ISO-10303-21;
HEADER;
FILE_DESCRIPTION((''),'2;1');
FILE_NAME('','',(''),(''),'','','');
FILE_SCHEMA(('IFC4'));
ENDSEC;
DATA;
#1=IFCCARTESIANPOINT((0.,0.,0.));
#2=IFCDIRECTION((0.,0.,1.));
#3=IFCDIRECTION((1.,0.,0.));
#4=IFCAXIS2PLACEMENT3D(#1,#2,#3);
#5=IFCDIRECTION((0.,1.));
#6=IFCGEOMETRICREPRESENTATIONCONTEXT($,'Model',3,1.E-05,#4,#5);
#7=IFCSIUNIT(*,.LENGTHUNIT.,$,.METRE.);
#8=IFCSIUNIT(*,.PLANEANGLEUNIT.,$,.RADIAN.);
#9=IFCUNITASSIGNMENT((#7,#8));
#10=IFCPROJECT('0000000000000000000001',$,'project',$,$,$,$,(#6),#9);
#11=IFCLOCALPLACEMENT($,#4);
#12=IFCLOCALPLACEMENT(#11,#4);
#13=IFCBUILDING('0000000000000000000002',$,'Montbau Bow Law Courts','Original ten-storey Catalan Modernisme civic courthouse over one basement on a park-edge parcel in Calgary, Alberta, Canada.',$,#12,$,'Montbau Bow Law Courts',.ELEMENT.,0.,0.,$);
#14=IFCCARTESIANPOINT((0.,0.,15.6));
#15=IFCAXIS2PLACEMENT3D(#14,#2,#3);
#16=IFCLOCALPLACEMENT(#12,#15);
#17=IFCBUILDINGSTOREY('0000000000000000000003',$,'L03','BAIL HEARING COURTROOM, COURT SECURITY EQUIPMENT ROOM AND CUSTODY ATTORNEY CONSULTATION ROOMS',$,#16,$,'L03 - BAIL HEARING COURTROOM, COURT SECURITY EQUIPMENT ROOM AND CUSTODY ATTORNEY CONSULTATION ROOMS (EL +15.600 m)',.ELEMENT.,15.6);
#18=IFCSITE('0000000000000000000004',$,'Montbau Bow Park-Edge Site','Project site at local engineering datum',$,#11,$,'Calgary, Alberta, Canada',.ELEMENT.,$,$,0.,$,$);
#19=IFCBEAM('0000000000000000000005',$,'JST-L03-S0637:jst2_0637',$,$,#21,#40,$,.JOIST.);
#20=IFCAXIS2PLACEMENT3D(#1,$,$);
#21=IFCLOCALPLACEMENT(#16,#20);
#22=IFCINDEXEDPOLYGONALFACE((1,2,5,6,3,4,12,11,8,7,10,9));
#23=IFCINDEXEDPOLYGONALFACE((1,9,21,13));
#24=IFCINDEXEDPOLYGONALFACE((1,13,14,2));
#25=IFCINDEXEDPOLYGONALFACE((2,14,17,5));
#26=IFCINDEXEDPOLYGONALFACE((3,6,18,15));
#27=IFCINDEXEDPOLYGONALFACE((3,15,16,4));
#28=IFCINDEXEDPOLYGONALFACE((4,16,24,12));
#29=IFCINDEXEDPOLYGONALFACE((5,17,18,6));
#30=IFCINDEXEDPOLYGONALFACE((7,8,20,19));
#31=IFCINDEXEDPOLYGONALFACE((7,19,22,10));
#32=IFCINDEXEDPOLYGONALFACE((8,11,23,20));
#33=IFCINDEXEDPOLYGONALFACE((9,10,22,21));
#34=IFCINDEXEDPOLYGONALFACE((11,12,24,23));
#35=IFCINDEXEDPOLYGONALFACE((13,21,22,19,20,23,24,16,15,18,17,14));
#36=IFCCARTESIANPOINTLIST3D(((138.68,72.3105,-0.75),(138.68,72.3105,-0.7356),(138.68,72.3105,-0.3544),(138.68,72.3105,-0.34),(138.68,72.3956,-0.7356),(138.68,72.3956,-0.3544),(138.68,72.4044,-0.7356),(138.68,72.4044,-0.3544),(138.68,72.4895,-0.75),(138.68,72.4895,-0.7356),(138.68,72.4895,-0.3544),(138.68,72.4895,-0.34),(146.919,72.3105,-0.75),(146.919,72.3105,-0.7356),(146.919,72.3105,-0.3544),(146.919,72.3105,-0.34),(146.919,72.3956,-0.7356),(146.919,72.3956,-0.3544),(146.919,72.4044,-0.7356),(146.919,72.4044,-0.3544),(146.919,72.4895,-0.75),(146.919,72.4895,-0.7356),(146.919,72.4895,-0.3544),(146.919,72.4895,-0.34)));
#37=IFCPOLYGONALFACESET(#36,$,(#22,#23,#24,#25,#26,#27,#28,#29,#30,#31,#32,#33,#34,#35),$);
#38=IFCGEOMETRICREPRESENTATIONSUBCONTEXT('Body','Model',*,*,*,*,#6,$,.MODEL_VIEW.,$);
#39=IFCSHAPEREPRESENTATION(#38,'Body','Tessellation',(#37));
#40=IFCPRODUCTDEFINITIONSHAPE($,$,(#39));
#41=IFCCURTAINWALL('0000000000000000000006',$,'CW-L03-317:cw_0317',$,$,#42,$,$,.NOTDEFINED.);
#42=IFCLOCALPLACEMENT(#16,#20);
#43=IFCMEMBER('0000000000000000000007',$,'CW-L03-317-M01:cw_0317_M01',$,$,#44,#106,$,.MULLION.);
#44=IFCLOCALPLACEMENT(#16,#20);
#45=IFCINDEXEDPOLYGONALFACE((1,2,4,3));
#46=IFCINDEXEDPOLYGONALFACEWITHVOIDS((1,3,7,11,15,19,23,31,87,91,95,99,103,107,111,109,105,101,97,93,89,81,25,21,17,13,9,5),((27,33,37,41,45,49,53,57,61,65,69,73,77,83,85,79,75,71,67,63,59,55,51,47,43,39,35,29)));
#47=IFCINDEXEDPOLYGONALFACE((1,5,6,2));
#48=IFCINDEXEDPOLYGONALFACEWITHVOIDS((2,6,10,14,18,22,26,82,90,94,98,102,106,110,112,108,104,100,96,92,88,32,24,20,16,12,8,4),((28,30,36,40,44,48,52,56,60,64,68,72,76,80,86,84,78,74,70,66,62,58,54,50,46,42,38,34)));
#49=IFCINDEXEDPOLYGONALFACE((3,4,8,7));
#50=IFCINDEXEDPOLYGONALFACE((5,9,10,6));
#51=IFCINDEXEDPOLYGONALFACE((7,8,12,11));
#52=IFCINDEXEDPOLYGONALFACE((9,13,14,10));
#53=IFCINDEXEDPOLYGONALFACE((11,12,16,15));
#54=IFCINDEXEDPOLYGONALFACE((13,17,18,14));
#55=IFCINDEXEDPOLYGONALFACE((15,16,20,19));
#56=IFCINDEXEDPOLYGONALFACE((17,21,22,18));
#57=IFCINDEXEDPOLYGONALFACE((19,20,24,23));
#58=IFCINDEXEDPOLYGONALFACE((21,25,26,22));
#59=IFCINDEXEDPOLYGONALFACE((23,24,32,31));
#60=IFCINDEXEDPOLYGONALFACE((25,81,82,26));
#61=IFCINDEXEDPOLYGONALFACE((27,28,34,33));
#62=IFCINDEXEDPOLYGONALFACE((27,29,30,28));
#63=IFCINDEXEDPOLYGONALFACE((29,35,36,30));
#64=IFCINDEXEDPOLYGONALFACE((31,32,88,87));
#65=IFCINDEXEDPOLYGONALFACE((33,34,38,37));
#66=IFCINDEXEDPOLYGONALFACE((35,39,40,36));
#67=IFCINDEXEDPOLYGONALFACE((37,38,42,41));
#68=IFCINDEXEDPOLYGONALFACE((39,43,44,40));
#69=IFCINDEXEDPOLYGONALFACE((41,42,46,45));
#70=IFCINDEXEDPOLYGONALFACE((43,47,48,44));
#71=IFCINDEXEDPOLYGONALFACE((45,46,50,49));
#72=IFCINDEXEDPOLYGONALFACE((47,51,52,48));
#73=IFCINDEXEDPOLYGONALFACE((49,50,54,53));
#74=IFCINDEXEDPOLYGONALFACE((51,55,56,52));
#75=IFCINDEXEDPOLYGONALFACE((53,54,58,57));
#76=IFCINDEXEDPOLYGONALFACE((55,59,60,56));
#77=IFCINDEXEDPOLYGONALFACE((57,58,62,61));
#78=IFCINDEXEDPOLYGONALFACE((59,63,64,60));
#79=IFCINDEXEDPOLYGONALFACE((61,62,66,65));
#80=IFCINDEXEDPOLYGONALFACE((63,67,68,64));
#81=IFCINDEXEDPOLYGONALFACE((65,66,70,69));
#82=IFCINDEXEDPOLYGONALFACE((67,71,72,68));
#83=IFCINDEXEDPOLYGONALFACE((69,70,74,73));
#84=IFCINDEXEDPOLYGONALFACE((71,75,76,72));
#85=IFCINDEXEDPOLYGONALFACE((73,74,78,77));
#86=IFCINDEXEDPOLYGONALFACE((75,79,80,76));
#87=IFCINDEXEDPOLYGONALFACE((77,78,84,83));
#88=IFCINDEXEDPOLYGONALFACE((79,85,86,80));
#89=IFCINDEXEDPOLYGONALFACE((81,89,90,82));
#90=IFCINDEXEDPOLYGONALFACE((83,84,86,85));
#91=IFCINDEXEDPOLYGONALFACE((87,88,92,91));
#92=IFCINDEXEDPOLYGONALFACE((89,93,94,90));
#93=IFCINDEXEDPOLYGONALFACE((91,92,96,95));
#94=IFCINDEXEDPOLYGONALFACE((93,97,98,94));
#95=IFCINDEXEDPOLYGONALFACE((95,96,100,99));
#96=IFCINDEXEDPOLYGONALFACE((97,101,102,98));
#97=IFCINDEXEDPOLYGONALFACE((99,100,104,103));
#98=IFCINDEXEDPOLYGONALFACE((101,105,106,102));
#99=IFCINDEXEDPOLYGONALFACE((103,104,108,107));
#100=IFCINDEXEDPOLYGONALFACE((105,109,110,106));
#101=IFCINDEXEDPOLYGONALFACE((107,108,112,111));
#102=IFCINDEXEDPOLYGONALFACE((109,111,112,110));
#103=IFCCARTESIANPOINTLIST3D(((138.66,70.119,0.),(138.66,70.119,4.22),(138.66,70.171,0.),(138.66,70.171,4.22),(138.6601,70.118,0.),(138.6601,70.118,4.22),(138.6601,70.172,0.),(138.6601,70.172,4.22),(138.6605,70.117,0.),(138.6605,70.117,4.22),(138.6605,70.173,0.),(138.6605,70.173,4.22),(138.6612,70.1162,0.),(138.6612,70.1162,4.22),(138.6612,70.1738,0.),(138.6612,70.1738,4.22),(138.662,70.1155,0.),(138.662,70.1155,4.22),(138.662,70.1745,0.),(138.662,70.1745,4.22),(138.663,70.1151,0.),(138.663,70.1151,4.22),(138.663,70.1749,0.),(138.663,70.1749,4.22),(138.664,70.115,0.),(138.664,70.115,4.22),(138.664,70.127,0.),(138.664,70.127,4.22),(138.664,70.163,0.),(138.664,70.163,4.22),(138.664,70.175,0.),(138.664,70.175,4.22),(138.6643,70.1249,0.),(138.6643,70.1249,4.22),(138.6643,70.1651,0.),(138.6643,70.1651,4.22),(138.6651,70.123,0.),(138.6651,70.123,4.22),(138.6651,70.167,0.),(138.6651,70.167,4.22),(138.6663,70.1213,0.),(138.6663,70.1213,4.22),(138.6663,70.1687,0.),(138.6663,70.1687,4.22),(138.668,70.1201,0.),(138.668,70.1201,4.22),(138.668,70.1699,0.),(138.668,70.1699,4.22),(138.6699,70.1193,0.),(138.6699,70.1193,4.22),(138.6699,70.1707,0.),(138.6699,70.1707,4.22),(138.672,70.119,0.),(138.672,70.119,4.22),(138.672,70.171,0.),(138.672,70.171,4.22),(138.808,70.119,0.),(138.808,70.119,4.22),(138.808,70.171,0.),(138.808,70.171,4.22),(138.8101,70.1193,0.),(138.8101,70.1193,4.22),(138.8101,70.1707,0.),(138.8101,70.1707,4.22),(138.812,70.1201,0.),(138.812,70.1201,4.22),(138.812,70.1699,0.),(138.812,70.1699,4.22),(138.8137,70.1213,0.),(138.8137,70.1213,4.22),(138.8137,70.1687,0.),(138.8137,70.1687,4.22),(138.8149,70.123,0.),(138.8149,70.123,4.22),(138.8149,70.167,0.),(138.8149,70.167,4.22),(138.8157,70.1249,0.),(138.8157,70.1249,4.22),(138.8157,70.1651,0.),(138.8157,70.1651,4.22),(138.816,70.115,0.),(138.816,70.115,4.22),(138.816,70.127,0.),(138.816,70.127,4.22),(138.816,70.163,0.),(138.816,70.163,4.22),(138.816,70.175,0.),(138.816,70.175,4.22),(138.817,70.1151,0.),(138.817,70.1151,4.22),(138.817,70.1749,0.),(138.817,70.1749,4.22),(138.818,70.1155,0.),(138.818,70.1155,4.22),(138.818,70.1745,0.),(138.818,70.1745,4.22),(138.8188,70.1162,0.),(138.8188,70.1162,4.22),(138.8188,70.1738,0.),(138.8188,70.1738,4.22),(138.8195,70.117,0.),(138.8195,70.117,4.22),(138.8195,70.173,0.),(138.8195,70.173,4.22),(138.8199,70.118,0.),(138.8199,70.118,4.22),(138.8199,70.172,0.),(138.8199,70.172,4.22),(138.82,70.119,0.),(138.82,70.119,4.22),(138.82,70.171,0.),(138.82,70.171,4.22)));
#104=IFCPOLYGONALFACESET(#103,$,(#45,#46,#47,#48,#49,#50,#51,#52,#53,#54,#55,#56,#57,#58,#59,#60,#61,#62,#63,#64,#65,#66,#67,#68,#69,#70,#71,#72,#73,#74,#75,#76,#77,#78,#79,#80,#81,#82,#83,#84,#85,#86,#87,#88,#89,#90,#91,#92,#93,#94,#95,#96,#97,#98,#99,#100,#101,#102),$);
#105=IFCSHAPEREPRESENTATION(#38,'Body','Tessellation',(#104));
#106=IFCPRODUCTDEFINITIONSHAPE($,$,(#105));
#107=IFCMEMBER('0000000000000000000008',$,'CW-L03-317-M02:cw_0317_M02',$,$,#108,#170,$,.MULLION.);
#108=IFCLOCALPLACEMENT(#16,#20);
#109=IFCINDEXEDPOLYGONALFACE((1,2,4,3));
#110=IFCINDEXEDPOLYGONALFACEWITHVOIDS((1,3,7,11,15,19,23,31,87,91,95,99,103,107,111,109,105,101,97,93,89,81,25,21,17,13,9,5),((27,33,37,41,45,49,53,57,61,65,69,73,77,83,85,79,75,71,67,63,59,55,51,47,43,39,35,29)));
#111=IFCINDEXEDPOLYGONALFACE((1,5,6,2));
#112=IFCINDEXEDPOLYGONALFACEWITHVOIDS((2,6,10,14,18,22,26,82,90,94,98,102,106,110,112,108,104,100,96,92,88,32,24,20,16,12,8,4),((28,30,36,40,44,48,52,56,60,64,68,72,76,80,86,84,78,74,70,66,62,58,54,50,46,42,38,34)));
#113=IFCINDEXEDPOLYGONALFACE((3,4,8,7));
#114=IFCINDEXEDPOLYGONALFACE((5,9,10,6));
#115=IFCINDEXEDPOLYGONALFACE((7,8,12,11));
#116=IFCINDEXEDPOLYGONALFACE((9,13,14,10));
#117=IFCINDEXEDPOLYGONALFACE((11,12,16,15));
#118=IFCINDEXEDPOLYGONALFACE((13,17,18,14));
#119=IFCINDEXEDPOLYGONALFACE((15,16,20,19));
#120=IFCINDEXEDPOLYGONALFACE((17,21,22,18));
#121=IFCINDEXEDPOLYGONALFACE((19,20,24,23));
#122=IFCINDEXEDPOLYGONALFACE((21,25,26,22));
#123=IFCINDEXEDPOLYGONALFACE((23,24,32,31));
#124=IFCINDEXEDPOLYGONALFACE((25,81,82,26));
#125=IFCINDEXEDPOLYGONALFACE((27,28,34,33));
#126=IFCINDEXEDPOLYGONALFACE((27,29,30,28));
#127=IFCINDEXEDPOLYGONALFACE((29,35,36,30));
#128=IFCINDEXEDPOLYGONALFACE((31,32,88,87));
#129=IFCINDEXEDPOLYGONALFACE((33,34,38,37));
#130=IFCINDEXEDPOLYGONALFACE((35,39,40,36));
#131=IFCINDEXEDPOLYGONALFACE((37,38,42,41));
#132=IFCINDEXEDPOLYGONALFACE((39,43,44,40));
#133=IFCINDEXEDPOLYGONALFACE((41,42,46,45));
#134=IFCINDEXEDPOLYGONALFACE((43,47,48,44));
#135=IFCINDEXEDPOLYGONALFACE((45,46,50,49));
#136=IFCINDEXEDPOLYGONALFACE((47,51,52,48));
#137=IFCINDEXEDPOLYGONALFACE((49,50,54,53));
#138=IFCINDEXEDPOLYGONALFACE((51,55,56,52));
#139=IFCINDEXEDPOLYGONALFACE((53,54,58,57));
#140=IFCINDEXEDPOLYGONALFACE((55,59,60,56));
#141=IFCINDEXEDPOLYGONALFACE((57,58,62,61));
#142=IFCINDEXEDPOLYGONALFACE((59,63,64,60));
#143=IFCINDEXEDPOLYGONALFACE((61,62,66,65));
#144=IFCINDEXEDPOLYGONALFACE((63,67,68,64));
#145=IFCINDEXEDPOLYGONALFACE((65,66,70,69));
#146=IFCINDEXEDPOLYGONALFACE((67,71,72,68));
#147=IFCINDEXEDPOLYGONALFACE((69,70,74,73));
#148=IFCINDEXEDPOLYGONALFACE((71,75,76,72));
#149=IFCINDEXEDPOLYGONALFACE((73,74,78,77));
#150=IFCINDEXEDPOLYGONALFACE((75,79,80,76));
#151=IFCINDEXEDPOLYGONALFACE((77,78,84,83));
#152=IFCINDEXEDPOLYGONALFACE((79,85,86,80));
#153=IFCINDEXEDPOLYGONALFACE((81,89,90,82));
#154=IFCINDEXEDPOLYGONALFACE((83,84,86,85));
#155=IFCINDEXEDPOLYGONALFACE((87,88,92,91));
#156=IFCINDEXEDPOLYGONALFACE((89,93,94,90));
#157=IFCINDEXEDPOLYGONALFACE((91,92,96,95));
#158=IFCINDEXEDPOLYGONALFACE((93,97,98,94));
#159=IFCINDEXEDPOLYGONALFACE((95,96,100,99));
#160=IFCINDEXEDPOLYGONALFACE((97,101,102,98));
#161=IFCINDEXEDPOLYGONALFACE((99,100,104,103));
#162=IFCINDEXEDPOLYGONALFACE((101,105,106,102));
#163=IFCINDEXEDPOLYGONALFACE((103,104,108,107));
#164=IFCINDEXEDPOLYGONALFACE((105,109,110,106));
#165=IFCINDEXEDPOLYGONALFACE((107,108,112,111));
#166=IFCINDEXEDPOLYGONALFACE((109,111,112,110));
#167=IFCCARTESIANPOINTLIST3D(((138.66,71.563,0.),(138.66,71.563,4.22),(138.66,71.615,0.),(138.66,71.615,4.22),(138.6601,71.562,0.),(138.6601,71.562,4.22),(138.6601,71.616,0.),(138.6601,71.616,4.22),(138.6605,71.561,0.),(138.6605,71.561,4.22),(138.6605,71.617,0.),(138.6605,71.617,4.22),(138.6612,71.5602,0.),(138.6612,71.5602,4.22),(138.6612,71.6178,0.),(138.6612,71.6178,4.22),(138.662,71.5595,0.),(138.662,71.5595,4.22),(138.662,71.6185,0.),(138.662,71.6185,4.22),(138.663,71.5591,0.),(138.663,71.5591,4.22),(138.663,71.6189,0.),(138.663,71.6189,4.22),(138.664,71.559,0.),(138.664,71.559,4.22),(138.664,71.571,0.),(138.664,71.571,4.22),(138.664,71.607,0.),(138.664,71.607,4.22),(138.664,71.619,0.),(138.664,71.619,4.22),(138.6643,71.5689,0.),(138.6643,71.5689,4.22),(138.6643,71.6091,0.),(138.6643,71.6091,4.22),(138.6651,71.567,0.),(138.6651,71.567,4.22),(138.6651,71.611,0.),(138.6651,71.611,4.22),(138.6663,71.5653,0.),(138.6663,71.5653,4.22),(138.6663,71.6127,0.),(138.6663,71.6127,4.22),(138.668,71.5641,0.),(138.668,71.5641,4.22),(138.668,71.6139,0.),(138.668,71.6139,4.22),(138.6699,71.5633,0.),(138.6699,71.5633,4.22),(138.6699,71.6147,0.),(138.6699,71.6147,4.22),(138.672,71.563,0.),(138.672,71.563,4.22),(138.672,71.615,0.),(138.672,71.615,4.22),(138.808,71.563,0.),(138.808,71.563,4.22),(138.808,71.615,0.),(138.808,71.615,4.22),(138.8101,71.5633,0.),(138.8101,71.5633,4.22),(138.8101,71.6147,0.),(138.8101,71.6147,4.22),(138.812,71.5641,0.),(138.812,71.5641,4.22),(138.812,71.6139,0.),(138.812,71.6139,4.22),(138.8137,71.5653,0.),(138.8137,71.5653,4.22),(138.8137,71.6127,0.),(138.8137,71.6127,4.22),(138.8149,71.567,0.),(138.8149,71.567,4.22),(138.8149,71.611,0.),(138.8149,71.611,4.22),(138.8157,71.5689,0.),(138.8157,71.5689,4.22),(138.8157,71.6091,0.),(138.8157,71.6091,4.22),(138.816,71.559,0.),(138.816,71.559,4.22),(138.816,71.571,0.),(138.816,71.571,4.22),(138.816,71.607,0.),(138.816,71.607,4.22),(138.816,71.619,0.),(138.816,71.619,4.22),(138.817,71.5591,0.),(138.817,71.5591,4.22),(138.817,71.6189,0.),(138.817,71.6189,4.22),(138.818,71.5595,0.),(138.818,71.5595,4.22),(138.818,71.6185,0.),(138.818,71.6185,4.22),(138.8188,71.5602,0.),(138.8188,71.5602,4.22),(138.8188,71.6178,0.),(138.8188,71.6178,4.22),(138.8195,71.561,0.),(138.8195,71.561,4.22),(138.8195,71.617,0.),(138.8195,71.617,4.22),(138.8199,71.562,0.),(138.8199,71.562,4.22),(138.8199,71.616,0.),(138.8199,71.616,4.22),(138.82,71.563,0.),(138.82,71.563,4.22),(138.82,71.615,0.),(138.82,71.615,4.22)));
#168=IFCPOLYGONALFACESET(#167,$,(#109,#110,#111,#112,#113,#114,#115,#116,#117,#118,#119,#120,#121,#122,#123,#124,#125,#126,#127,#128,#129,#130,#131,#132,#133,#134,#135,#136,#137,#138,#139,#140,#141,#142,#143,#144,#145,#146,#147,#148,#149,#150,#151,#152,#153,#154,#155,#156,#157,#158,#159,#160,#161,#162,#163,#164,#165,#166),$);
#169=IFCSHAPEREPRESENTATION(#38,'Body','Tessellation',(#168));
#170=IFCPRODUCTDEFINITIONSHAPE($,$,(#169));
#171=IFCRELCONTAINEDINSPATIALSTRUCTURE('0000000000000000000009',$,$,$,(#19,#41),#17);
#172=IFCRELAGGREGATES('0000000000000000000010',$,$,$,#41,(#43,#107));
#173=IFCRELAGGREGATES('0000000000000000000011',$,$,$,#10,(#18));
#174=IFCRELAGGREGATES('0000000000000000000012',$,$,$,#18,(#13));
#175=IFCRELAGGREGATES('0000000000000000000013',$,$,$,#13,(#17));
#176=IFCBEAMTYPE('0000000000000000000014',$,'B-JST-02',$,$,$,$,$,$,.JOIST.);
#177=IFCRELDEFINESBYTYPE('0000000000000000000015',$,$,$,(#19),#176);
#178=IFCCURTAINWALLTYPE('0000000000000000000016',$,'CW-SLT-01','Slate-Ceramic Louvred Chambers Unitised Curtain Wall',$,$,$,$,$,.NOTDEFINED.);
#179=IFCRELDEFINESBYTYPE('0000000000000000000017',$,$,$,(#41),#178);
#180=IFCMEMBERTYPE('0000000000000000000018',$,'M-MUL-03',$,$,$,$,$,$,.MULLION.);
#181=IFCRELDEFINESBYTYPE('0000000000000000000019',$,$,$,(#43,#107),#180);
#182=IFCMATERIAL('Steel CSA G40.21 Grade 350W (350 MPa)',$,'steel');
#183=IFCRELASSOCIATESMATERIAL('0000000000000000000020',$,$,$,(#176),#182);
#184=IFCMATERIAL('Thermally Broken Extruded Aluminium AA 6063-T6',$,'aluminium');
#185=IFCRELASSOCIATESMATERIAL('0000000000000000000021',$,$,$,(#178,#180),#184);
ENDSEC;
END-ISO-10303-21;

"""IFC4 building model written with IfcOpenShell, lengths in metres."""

from ifc_helpers import new_model, si_unit, direction, frame, origin_with_axes, origin_2d_with_axis, place, context, subcontext, project, spatial, hollow_rectangle, i_section, extrude, material, material_profile, profile_set, type_object, element, aggregate, save


model = new_model("IFC4")

# Units and contexts
model_context = context("Model", 3, precision=1e-05, world=origin_with_axes(), true_north=direction((0.0, 1.0)))
body_context = subcontext(model_context, "Body", "Model", "MODEL_VIEW")
ifc_project = project(units=[si_unit("LENGTHUNIT", "METRE"), si_unit("PLANEANGLEUNIT", "RADIAN")], contexts=[model_context])

# Site, building, storey
site_placement = place(None, origin_with_axes())
site = spatial("IfcSite", under=ifc_project, at=site_placement, Name="Montbau Bow Park-Edge Site", Description="Project site at local engineering datum", LongName="Calgary, Alberta, Canada", CompositionType="ELEMENT", RefElevation=0.0)
building_placement = place(site_placement, origin_with_axes())
building = spatial("IfcBuilding", under=site, at=building_placement, Name="Montbau Bow Law Courts", Description="Original ten-storey Catalan Modernisme civic courthouse over one basement on a park-edge parcel in Calgary, Alberta, Canada.", LongName="Montbau Bow Law Courts", CompositionType="ELEMENT", ElevationOfRefHeight=0.0, ElevationOfTerrain=0.0)
storey_placement = place(building_placement, frame((0.0, 0.0, 15.6), z_axis=(0.0, 0.0, 1.0), x_axis=(1.0, 0.0, 0.0)))
storey = spatial("IfcBuildingStorey", under=building, at=storey_placement, Name="L03", Description="BAIL HEARING COURTROOM, COURT SECURITY EQUIPMENT ROOM AND CUSTODY ATTORNEY CONSULTATION ROOMS", LongName="L03 - BAIL HEARING COURTROOM, COURT SECURITY EQUIPMENT ROOM AND CUSTODY ATTORNEY CONSULTATION ROOMS (EL +15.600 m)", CompositionType="ELEMENT", Elevation=15.6)

# Beam
ifc_material_1 = material(Name="Steel CSA G40.21 Grade 350W (350 MPa)", Category="steel")
ifc_material_profile_1 = material_profile(ifc_material_1, i_section(OverallWidth=0.179, OverallDepth=0.41, WebThickness=0.0088, FlangeThickness=0.0144, at=origin_2d_with_axis()), Name="W410X67", Category="Main", Priority=0)
ifc_profile_set_1 = profile_set([ifc_material_profile_1], Name="Steel CSA G40.21 Grade 350W (350 MPa)")
beam_type = type_object("IfcBeamType", Name="B-JST-02", PredefinedType="JOIST", material=ifc_profile_set_1)
beam_placement = place(None, frame((138.68, 72.4, 15.055), z_axis=(1.0, 0.0, 0.0), x_axis=(0.0, 1.0, 0.0)))
element("IfcBeam", 1, at=beam_placement, inside=storey, type_object=beam_type, Name="JST-L03-S0637:jst2_0637", PredefinedType="JOIST", context=body_context, shape_type="SweptSolid", body=[
    extrude(i_section(OverallWidth=0.179, OverallDepth=0.41, WebThickness=0.0088, FlangeThickness=0.0144, at=origin_2d_with_axis()), origin_with_axes(), (0.0, 0.0, 1.0), 8.239),
])

# Curtain wall, members
ifc_material_2 = material(Name="Thermally Broken Extruded Aluminium AA 6063-T6", Category="aluminium")
curtain_wall_type = type_object("IfcCurtainWallType", Name="CW-SLT-01", Description="Slate-Ceramic Louvred Chambers Unitised Curtain Wall", PredefinedType="NOTDEFINED", material=ifc_material_2)
curtain_wall_placement = place(None, frame((138.74, 70.115, 15.6), z_axis=(0.0, 0.0, 1.0), x_axis=(1.0, 0.0, 0.0)))
curtain_wall = element("IfcCurtainWall", 2, at=curtain_wall_placement, inside=storey, type_object=curtain_wall_type, Name="CW-L03-317:cw_0317", PredefinedType="NOTDEFINED")
ifc_material_profile_2 = material_profile(ifc_material_2, hollow_rectangle(XDim=0.06, YDim=0.16, WallThickness=0.004, InnerFilletRadius=0.008, OuterFilletRadius=0.004, at=origin_2d_with_axis()), Name="CWM-160X60", Category="Main", Priority=0)
ifc_profile_set_2 = profile_set([ifc_material_profile_2], Name="Thermally Broken Extruded Aluminium AA 6063-T6")
member_type_1 = type_object("IfcMemberType", Name="M-MUL-03", PredefinedType="MULLION", material=ifc_profile_set_2)
member_1_placement = place(None, frame((138.74, 70.145, 15.6), z_axis=(0.0, 0.0, 1.0), x_axis=(0.0, 1.0, 0.0)))
member_1 = element("IfcMember", 3, at=member_1_placement, type_object=member_type_1, Name="CW-L03-317-M01:cw_0317_M01", PredefinedType="MULLION", context=body_context, shape_type="SweptSolid", body=[
    extrude(hollow_rectangle(XDim=0.06, YDim=0.16, WallThickness=0.004, InnerFilletRadius=0.008, OuterFilletRadius=0.004, at=origin_2d_with_axis()), origin_with_axes(), (0.0, 0.0, 1.0), 4.22),
])
member_2_placement = place(None, frame((138.74, 71.589, 15.6), z_axis=(0.0, 0.0, 1.0), x_axis=(0.0, 1.0, 0.0)))
member_2 = element("IfcMember", 4, at=member_2_placement, type_object=member_type_1, Name="CW-L03-317-M02:cw_0317_M02", PredefinedType="MULLION", context=body_context, shape_type="SweptSolid", body=[
    extrude(hollow_rectangle(XDim=0.06, YDim=0.16, WallThickness=0.004, InnerFilletRadius=0.008, OuterFilletRadius=0.004, at=origin_2d_with_axis()), origin_with_axes(), (0.0, 0.0, 1.0), 4.22),
])
aggregate(curtain_wall, [member_1, member_2])

save(model, "model.ifc")
